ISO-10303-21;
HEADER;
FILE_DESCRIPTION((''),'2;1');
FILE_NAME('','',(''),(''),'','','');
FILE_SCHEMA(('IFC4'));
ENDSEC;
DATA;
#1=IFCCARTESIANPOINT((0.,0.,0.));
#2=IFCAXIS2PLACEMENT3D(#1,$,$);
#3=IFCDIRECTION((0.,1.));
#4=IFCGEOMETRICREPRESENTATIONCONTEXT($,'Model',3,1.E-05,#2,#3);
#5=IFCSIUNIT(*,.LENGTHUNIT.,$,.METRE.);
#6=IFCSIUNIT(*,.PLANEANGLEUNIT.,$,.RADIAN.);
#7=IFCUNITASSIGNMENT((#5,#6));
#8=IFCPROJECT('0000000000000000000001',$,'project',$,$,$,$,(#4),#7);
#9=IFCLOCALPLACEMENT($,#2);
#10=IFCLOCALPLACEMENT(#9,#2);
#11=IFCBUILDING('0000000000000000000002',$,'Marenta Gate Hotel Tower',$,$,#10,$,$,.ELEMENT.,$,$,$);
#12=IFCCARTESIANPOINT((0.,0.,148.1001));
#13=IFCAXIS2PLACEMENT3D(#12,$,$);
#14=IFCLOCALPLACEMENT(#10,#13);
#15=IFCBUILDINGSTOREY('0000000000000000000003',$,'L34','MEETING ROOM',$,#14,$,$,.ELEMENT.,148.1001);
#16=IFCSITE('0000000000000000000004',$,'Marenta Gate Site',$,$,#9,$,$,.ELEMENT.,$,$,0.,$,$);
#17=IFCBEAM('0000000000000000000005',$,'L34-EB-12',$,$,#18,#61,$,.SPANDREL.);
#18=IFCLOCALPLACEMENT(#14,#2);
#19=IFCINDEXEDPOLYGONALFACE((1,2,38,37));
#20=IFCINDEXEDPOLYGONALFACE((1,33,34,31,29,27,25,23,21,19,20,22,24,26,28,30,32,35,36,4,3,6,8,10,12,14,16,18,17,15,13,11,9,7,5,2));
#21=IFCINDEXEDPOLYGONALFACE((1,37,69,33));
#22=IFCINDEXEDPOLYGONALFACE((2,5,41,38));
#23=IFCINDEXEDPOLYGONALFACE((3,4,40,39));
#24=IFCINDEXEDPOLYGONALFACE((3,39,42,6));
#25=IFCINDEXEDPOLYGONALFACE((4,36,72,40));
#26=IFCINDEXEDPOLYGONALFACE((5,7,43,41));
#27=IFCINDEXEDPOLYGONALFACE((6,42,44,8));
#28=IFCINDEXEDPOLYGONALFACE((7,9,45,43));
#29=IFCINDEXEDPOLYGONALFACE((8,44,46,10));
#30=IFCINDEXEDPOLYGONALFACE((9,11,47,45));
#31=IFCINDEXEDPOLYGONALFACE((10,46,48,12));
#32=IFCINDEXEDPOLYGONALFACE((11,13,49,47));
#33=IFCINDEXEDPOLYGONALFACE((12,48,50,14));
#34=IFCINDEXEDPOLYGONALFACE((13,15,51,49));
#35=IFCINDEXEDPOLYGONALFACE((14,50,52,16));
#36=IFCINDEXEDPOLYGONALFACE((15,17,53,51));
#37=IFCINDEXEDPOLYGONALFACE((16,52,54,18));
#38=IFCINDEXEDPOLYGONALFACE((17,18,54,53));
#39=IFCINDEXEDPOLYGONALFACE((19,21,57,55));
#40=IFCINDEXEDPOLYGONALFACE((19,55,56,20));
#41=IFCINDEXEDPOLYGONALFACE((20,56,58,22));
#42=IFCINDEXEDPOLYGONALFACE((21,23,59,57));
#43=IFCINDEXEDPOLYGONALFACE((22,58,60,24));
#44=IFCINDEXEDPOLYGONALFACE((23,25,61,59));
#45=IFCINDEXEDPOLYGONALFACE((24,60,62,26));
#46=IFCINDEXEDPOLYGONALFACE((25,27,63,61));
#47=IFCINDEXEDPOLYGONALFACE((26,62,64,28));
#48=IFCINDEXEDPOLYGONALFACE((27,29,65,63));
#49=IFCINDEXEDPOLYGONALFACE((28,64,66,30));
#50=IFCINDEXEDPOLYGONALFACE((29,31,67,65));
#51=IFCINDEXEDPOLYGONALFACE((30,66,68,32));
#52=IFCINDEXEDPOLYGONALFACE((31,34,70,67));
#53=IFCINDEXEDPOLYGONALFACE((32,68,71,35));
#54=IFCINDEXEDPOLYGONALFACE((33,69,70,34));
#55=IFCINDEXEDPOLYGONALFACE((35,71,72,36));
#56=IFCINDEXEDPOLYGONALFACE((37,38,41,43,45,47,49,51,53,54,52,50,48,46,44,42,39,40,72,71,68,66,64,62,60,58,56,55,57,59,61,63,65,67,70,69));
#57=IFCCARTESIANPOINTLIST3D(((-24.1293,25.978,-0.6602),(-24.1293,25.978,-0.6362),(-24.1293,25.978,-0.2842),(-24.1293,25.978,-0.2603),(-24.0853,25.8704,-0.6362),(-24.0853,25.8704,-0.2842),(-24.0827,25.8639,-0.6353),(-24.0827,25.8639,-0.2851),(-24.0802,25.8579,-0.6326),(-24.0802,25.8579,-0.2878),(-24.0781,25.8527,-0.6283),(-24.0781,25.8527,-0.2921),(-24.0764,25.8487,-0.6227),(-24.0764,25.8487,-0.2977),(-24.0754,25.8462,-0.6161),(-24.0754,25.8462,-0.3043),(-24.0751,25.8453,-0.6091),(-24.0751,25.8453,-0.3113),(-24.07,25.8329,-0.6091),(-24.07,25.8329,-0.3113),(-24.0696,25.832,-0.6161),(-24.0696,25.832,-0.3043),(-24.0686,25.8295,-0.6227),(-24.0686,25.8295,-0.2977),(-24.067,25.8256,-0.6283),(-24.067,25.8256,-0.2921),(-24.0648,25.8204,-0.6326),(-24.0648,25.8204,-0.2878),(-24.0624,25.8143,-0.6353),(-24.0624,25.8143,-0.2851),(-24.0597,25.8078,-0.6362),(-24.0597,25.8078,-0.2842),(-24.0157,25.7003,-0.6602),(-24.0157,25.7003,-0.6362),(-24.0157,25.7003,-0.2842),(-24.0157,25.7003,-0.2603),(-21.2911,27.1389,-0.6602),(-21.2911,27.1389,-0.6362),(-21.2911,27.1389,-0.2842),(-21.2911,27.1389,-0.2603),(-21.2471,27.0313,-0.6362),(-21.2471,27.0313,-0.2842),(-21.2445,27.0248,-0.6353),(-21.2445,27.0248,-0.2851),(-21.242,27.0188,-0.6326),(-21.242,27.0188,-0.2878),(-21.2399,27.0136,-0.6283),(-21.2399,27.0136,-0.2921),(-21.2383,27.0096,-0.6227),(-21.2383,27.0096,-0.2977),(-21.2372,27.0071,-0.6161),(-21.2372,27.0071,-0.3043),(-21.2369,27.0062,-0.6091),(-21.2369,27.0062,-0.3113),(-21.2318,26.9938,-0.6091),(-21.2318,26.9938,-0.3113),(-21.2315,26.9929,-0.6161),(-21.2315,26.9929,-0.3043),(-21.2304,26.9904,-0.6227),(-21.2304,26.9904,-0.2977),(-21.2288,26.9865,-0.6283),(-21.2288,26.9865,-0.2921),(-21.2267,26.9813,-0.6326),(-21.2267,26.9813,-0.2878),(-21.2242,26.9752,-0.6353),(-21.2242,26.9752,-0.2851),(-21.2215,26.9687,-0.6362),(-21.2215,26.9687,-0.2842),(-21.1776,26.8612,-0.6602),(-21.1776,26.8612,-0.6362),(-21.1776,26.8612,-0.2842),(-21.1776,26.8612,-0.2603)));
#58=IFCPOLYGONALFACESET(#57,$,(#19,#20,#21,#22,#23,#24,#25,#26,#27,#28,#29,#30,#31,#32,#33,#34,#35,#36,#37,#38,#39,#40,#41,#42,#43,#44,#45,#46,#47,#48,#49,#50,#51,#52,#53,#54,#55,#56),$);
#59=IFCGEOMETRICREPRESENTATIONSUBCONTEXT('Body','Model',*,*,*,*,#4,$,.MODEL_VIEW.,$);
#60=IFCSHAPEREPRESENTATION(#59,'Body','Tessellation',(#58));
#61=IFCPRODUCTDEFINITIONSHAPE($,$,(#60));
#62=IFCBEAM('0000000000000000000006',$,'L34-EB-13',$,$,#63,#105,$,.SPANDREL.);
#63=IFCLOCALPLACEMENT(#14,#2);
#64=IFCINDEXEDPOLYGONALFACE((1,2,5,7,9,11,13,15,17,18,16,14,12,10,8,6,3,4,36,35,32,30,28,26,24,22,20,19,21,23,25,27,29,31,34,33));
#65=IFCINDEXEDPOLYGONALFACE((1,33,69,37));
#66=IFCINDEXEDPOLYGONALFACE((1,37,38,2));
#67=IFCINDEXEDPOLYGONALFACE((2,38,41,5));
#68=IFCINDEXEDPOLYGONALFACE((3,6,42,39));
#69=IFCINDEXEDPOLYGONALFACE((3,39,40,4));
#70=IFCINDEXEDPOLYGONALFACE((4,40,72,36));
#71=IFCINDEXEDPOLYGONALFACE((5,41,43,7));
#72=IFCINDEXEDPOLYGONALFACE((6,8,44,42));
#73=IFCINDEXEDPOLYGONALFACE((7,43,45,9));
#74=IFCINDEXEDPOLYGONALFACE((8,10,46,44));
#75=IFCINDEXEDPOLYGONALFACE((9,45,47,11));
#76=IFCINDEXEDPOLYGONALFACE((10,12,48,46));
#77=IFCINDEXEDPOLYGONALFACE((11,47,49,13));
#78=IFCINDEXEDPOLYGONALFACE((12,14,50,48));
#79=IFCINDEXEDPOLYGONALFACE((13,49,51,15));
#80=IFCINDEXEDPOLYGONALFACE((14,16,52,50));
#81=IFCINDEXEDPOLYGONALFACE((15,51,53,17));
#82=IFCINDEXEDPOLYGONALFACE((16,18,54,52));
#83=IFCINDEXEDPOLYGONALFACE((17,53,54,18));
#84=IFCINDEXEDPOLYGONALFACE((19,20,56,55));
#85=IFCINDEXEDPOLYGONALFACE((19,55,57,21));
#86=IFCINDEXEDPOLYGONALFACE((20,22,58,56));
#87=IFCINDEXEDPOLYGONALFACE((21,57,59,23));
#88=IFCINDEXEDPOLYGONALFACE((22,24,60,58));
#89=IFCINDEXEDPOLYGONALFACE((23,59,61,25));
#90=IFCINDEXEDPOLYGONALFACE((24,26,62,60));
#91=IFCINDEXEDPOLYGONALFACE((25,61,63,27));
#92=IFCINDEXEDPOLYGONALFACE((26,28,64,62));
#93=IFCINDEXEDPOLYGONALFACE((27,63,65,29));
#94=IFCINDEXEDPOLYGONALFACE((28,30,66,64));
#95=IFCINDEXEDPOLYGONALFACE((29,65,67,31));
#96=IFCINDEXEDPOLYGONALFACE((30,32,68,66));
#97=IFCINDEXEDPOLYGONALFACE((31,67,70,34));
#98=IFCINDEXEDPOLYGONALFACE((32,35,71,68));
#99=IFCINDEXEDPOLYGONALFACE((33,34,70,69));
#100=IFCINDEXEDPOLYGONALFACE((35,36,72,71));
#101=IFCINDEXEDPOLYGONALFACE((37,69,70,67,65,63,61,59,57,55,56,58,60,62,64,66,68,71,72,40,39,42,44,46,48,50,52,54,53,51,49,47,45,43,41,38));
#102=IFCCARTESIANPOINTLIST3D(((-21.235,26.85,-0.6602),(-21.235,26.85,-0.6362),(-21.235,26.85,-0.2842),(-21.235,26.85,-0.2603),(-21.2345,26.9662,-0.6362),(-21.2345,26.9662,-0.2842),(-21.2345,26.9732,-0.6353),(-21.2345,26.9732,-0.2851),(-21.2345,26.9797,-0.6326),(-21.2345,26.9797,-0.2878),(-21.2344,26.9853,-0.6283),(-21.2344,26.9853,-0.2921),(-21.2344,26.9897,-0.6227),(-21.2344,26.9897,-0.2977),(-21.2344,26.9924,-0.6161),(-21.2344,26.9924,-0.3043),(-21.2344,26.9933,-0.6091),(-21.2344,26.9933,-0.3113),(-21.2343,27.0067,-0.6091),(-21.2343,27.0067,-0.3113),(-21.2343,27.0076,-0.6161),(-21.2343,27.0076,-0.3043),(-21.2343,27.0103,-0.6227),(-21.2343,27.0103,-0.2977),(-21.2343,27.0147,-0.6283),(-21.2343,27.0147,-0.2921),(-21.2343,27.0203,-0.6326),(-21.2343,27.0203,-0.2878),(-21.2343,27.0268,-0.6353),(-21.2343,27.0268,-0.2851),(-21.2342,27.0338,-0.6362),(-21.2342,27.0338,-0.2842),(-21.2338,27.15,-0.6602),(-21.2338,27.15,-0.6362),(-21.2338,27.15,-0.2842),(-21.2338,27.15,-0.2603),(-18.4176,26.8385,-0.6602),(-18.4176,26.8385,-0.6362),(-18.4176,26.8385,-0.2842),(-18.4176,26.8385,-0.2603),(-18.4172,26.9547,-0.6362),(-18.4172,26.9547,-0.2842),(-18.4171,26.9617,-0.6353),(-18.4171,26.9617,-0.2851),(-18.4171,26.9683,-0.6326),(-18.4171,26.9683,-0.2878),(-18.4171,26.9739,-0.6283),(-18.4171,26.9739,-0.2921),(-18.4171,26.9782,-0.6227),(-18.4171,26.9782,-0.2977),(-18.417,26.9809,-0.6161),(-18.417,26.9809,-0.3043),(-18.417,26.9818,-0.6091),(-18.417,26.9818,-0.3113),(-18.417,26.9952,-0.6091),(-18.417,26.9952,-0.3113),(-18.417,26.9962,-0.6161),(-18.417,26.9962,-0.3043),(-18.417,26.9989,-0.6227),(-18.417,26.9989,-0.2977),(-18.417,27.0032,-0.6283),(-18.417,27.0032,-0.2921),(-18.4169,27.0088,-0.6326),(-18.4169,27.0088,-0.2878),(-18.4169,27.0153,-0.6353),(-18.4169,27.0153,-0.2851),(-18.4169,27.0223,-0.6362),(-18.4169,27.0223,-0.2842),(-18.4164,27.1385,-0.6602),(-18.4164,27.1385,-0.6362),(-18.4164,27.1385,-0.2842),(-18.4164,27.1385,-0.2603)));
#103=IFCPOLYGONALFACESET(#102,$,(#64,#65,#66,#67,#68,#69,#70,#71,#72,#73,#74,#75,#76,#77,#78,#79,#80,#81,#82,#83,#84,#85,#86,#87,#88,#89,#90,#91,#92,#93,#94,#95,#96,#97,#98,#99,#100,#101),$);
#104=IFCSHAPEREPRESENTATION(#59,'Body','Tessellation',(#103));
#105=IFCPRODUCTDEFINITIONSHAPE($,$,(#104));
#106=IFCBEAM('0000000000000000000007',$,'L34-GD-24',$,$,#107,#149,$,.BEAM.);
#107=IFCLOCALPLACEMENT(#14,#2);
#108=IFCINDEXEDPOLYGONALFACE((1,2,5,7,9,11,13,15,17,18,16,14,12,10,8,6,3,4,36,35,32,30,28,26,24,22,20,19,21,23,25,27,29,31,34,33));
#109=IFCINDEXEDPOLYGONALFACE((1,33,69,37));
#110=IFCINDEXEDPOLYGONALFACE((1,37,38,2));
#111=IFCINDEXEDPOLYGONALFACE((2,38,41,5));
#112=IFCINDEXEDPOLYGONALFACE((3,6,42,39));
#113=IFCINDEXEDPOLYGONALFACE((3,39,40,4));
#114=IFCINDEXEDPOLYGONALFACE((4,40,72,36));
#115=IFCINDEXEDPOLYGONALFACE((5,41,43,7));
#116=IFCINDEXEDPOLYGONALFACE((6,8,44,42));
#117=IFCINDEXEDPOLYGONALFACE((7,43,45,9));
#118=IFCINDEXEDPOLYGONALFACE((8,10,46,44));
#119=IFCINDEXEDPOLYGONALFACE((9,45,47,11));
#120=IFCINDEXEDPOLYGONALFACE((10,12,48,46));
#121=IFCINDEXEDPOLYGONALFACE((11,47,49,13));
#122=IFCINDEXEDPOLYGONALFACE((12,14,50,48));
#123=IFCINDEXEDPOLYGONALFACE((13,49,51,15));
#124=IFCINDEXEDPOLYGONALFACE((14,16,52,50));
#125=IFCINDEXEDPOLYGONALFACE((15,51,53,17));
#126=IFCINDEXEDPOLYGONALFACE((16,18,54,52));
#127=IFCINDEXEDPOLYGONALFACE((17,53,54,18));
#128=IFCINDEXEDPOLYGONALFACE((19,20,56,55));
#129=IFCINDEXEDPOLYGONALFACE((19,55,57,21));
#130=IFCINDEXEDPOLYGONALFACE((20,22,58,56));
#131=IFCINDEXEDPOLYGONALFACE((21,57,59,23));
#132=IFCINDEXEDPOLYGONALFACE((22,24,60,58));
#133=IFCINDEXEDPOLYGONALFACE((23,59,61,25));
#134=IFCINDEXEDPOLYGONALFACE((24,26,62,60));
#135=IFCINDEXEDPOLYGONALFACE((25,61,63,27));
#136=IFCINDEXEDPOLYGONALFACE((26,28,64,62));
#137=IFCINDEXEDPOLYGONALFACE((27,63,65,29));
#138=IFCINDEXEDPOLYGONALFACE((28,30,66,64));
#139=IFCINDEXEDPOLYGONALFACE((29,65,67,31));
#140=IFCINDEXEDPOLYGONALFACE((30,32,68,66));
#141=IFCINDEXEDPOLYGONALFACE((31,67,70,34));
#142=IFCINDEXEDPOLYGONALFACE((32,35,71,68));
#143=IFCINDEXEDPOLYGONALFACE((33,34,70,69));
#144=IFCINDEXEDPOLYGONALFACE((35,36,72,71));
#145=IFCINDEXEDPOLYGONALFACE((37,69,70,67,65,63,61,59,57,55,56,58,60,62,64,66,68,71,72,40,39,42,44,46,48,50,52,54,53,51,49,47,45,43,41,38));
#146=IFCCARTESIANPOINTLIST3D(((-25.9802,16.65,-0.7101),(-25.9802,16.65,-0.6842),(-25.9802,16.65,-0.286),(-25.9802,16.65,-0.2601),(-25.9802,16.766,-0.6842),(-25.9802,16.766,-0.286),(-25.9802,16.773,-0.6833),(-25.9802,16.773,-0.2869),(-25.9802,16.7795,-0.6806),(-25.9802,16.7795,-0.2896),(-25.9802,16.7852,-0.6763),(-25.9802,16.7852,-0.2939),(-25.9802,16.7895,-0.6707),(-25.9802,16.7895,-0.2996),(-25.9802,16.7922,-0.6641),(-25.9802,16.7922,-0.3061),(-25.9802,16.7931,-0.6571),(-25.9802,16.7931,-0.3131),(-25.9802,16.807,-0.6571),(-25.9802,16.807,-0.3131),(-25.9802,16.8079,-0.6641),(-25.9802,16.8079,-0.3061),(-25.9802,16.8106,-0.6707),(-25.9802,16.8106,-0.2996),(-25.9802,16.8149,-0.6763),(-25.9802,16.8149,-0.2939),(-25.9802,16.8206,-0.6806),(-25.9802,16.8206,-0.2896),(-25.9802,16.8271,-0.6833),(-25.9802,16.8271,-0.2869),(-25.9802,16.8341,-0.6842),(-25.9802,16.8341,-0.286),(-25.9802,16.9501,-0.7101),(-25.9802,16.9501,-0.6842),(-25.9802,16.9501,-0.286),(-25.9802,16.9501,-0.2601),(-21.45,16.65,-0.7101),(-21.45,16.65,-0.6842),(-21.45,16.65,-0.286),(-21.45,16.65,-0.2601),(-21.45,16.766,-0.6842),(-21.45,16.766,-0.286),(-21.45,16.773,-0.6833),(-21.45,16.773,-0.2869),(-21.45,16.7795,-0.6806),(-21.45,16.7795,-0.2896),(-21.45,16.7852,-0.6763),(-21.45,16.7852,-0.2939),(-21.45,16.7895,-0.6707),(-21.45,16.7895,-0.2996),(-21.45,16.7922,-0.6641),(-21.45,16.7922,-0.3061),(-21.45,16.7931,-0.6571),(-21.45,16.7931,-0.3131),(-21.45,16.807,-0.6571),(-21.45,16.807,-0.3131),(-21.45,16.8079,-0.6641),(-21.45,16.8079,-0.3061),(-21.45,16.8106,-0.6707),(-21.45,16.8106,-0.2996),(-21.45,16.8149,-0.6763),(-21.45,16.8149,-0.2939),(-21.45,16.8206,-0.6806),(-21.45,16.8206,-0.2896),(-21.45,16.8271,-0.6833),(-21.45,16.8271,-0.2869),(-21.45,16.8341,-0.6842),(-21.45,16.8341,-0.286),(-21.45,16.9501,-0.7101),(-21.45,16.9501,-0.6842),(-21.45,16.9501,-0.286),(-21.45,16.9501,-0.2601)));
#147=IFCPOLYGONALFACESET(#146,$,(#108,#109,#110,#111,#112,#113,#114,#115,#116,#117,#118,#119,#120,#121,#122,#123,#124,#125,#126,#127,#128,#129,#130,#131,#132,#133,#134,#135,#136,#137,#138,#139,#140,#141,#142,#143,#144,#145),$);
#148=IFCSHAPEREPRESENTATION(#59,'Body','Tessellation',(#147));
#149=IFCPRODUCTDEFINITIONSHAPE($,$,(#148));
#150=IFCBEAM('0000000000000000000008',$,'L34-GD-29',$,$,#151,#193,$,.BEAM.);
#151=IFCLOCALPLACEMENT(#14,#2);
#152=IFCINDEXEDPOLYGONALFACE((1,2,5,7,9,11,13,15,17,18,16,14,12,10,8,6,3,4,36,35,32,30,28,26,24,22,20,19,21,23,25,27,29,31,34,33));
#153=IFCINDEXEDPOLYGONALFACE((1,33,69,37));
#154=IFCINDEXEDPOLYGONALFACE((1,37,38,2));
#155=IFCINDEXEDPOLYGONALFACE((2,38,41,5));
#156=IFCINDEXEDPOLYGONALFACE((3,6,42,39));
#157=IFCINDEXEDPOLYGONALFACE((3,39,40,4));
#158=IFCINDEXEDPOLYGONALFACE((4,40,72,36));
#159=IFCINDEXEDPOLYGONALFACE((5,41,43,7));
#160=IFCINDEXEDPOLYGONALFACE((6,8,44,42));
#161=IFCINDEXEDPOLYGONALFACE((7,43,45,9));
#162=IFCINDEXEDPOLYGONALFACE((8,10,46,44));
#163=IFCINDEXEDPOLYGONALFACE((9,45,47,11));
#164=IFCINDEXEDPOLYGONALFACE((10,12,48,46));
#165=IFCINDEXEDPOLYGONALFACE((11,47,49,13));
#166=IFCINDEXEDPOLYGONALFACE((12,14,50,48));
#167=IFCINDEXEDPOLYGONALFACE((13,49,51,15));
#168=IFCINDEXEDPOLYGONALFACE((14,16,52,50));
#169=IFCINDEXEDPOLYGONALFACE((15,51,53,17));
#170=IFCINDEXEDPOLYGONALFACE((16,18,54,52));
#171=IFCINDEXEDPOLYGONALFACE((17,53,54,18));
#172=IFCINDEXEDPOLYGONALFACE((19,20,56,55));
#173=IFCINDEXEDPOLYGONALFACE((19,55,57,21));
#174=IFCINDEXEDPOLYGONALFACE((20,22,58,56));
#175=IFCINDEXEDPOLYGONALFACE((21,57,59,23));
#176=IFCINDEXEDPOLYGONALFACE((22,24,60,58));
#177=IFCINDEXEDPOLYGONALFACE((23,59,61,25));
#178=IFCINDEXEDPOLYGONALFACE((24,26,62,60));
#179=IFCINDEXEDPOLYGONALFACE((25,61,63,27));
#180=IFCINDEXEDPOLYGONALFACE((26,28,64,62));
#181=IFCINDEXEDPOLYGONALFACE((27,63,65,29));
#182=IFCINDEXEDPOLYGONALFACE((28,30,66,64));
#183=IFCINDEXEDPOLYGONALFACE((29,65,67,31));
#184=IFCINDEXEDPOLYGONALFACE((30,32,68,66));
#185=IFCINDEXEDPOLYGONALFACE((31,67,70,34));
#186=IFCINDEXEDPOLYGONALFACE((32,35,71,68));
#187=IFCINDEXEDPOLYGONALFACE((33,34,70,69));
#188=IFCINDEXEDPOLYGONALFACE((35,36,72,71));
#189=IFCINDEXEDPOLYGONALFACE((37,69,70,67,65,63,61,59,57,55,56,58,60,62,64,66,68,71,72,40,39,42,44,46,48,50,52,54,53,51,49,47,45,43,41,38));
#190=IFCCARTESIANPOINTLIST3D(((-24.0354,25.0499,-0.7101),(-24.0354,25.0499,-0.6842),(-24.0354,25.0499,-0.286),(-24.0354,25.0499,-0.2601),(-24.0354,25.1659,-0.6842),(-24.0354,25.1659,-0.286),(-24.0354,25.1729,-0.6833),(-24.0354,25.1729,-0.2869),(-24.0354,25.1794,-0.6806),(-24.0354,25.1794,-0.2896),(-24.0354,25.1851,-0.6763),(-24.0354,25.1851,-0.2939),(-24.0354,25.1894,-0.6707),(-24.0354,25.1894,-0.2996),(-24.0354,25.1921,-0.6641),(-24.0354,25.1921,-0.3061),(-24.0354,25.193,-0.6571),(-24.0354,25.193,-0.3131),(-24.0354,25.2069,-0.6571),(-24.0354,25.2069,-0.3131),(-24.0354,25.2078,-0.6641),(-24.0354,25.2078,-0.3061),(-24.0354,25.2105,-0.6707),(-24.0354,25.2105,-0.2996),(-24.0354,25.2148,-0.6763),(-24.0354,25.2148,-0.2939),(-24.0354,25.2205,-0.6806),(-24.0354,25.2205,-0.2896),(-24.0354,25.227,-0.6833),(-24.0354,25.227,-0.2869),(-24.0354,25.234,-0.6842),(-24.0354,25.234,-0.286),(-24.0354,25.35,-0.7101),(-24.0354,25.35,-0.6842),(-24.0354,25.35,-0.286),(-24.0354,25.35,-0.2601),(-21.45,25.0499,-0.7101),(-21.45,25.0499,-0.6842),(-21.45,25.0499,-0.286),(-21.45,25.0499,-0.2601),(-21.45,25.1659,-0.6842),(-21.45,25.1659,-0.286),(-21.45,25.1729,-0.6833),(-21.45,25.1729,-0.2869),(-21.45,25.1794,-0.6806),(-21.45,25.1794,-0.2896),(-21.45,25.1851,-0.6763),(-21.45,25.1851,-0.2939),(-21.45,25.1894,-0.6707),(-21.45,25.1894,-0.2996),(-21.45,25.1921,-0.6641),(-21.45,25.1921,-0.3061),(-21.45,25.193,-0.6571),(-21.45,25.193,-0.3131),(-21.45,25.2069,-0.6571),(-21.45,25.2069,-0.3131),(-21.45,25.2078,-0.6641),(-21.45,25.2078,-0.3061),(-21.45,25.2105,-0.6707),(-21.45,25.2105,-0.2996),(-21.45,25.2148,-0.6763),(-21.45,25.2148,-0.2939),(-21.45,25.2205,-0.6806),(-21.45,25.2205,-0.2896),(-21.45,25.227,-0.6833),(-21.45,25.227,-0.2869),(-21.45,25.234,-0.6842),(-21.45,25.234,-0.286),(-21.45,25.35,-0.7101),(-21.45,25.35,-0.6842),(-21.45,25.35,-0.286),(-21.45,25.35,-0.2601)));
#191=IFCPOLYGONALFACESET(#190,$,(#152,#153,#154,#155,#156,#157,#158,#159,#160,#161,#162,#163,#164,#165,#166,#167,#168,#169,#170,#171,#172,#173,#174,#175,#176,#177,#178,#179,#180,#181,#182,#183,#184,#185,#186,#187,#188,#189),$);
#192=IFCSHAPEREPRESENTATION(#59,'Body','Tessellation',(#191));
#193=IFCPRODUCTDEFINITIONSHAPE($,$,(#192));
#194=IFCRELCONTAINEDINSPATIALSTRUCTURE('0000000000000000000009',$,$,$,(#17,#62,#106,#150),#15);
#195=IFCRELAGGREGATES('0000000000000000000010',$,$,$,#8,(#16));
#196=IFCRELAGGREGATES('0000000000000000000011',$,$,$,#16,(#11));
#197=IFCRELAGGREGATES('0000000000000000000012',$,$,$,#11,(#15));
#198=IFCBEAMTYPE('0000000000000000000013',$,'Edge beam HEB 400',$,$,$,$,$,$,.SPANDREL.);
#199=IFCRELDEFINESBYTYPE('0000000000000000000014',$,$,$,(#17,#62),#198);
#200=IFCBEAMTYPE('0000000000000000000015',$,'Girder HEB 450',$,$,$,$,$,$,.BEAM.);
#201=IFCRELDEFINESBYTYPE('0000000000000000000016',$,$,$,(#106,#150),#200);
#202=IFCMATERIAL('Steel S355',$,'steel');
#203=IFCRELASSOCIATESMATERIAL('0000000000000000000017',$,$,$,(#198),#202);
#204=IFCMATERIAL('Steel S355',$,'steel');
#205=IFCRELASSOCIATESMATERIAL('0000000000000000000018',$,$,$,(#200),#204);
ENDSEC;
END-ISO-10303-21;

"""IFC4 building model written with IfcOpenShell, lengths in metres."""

from ifc_helpers import new_model, si_unit, direction, frame, origin, origin_2d, place, context, subcontext, project, spatial, i_section, extrude, material, material_profile, profile_set, type_object, element, save


model = new_model("IFC4")

# Units and contexts
model_context = context("Model", 3, precision=1e-05, world=origin(), true_north=direction((0.0, 1.0)))
body_context = subcontext(model_context, "Body", "Model", "MODEL_VIEW")
ifc_project = project(units=[si_unit("LENGTHUNIT", "METRE"), si_unit("PLANEANGLEUNIT", "RADIAN")], contexts=[model_context])

# Site, building, storey
site_placement = place(None, origin())
site = spatial("IfcSite", under=ifc_project, at=site_placement, Name="Marenta Gate Site", CompositionType="ELEMENT", RefElevation=0.0)
building_placement = place(site_placement, origin())
building = spatial("IfcBuilding", under=site, at=building_placement, Name="Marenta Gate Hotel Tower", CompositionType="ELEMENT")
storey_placement = place(building_placement, frame((0.0, 0.0, 148.1001)))
storey = spatial("IfcBuildingStorey", under=building, at=storey_placement, Name="L34", Description="MEETING ROOM", CompositionType="ELEMENT", Elevation=148.1001)

# Beams
ifc_material_1 = material(Name="Steel S355", Category="steel")
ifc_material_profile_1 = material_profile(ifc_material_1, i_section(OverallWidth=0.3, OverallDepth=0.3999, WebThickness=0.0134, FlangeThickness=0.0239, FilletRadius=0.0271, at=origin_2d()), Name="HEB 400")
ifc_profile_set_1 = profile_set([ifc_material_profile_1], Name="Steel S355")
beam_type_1 = type_object("IfcBeamType", Name="Edge beam HEB 400", PredefinedType="SPANDREL", material=ifc_profile_set_1)
beam_1_placement = place(storey_placement, frame((-24.0725, 25.8391, -0.4602), z_axis=(0.925566, 0.378586, 0.0), x_axis=(-0.378586, 0.925566, 0.0)))
element("IfcBeam", 1, at=beam_1_placement, inside=storey, type_object=beam_type_1, Name="L34-EB-12", PredefinedType="SPANDREL", context=body_context, shape_type="SweptSolid", body=[
    extrude(i_section(OverallWidth=0.3, OverallDepth=0.3999, WebThickness=0.0134, FlangeThickness=0.0239, FilletRadius=0.0271, at=origin_2d()), origin(), (0.0, 0.0, 1.0), 3.0664),
])
beam_2_placement = place(storey_placement, frame((-21.2344, 27.0, -0.4602), z_axis=(0.999992, -0.004073, 0.0), x_axis=(0.004073, 0.999992, 0.0)))
element("IfcBeam", 2, at=beam_2_placement, inside=storey, type_object=beam_type_1, Name="L34-EB-13", PredefinedType="SPANDREL", context=body_context, shape_type="SweptSolid", body=[
    extrude(i_section(OverallWidth=0.3, OverallDepth=0.3999, WebThickness=0.0134, FlangeThickness=0.0239, FilletRadius=0.0271, at=origin_2d()), origin(), (0.0, 0.0, 1.0), 2.8174),
])
ifc_material_2 = material(Name="Steel S355", Category="steel")
ifc_material_profile_2 = material_profile(ifc_material_2, i_section(OverallWidth=0.3, OverallDepth=0.45, WebThickness=0.0139, FlangeThickness=0.0259, FilletRadius=0.0271, at=origin_2d()), Name="HEB 450")
ifc_profile_set_2 = profile_set([ifc_material_profile_2], Name="Steel S355")
beam_type_2 = type_object("IfcBeamType", Name="Girder HEB 450", PredefinedType="BEAM", material=ifc_profile_set_2)
beam_3_placement = place(storey_placement, frame((-25.9802, 16.8, -0.4851), z_axis=(1.0, 0.0, 0.0), x_axis=(0.0, 1.0, 0.0)))
element("IfcBeam", 3, at=beam_3_placement, inside=storey, type_object=beam_type_2, Name="L34-GD-24", PredefinedType="BEAM", context=body_context, shape_type="SweptSolid", body=[
    extrude(i_section(OverallWidth=0.3, OverallDepth=0.45, WebThickness=0.0139, FlangeThickness=0.0259, FilletRadius=0.0271, at=origin_2d()), origin(), (0.0, 0.0, 1.0), 4.5303),
])
beam_4_placement = place(storey_placement, frame((-24.0354, 25.2, -0.4851), z_axis=(1.0, 0.0, 0.0), x_axis=(0.0, 1.0, 0.0)))
element("IfcBeam", 4, at=beam_4_placement, inside=storey, type_object=beam_type_2, Name="L34-GD-29", PredefinedType="BEAM", context=body_context, shape_type="SweptSolid", body=[
    extrude(i_section(OverallWidth=0.3, OverallDepth=0.45, WebThickness=0.0139, FlangeThickness=0.0259, FilletRadius=0.0271, at=origin_2d()), origin(), (0.0, 0.0, 1.0), 2.5854),
])

save(model, "model.ifc")
